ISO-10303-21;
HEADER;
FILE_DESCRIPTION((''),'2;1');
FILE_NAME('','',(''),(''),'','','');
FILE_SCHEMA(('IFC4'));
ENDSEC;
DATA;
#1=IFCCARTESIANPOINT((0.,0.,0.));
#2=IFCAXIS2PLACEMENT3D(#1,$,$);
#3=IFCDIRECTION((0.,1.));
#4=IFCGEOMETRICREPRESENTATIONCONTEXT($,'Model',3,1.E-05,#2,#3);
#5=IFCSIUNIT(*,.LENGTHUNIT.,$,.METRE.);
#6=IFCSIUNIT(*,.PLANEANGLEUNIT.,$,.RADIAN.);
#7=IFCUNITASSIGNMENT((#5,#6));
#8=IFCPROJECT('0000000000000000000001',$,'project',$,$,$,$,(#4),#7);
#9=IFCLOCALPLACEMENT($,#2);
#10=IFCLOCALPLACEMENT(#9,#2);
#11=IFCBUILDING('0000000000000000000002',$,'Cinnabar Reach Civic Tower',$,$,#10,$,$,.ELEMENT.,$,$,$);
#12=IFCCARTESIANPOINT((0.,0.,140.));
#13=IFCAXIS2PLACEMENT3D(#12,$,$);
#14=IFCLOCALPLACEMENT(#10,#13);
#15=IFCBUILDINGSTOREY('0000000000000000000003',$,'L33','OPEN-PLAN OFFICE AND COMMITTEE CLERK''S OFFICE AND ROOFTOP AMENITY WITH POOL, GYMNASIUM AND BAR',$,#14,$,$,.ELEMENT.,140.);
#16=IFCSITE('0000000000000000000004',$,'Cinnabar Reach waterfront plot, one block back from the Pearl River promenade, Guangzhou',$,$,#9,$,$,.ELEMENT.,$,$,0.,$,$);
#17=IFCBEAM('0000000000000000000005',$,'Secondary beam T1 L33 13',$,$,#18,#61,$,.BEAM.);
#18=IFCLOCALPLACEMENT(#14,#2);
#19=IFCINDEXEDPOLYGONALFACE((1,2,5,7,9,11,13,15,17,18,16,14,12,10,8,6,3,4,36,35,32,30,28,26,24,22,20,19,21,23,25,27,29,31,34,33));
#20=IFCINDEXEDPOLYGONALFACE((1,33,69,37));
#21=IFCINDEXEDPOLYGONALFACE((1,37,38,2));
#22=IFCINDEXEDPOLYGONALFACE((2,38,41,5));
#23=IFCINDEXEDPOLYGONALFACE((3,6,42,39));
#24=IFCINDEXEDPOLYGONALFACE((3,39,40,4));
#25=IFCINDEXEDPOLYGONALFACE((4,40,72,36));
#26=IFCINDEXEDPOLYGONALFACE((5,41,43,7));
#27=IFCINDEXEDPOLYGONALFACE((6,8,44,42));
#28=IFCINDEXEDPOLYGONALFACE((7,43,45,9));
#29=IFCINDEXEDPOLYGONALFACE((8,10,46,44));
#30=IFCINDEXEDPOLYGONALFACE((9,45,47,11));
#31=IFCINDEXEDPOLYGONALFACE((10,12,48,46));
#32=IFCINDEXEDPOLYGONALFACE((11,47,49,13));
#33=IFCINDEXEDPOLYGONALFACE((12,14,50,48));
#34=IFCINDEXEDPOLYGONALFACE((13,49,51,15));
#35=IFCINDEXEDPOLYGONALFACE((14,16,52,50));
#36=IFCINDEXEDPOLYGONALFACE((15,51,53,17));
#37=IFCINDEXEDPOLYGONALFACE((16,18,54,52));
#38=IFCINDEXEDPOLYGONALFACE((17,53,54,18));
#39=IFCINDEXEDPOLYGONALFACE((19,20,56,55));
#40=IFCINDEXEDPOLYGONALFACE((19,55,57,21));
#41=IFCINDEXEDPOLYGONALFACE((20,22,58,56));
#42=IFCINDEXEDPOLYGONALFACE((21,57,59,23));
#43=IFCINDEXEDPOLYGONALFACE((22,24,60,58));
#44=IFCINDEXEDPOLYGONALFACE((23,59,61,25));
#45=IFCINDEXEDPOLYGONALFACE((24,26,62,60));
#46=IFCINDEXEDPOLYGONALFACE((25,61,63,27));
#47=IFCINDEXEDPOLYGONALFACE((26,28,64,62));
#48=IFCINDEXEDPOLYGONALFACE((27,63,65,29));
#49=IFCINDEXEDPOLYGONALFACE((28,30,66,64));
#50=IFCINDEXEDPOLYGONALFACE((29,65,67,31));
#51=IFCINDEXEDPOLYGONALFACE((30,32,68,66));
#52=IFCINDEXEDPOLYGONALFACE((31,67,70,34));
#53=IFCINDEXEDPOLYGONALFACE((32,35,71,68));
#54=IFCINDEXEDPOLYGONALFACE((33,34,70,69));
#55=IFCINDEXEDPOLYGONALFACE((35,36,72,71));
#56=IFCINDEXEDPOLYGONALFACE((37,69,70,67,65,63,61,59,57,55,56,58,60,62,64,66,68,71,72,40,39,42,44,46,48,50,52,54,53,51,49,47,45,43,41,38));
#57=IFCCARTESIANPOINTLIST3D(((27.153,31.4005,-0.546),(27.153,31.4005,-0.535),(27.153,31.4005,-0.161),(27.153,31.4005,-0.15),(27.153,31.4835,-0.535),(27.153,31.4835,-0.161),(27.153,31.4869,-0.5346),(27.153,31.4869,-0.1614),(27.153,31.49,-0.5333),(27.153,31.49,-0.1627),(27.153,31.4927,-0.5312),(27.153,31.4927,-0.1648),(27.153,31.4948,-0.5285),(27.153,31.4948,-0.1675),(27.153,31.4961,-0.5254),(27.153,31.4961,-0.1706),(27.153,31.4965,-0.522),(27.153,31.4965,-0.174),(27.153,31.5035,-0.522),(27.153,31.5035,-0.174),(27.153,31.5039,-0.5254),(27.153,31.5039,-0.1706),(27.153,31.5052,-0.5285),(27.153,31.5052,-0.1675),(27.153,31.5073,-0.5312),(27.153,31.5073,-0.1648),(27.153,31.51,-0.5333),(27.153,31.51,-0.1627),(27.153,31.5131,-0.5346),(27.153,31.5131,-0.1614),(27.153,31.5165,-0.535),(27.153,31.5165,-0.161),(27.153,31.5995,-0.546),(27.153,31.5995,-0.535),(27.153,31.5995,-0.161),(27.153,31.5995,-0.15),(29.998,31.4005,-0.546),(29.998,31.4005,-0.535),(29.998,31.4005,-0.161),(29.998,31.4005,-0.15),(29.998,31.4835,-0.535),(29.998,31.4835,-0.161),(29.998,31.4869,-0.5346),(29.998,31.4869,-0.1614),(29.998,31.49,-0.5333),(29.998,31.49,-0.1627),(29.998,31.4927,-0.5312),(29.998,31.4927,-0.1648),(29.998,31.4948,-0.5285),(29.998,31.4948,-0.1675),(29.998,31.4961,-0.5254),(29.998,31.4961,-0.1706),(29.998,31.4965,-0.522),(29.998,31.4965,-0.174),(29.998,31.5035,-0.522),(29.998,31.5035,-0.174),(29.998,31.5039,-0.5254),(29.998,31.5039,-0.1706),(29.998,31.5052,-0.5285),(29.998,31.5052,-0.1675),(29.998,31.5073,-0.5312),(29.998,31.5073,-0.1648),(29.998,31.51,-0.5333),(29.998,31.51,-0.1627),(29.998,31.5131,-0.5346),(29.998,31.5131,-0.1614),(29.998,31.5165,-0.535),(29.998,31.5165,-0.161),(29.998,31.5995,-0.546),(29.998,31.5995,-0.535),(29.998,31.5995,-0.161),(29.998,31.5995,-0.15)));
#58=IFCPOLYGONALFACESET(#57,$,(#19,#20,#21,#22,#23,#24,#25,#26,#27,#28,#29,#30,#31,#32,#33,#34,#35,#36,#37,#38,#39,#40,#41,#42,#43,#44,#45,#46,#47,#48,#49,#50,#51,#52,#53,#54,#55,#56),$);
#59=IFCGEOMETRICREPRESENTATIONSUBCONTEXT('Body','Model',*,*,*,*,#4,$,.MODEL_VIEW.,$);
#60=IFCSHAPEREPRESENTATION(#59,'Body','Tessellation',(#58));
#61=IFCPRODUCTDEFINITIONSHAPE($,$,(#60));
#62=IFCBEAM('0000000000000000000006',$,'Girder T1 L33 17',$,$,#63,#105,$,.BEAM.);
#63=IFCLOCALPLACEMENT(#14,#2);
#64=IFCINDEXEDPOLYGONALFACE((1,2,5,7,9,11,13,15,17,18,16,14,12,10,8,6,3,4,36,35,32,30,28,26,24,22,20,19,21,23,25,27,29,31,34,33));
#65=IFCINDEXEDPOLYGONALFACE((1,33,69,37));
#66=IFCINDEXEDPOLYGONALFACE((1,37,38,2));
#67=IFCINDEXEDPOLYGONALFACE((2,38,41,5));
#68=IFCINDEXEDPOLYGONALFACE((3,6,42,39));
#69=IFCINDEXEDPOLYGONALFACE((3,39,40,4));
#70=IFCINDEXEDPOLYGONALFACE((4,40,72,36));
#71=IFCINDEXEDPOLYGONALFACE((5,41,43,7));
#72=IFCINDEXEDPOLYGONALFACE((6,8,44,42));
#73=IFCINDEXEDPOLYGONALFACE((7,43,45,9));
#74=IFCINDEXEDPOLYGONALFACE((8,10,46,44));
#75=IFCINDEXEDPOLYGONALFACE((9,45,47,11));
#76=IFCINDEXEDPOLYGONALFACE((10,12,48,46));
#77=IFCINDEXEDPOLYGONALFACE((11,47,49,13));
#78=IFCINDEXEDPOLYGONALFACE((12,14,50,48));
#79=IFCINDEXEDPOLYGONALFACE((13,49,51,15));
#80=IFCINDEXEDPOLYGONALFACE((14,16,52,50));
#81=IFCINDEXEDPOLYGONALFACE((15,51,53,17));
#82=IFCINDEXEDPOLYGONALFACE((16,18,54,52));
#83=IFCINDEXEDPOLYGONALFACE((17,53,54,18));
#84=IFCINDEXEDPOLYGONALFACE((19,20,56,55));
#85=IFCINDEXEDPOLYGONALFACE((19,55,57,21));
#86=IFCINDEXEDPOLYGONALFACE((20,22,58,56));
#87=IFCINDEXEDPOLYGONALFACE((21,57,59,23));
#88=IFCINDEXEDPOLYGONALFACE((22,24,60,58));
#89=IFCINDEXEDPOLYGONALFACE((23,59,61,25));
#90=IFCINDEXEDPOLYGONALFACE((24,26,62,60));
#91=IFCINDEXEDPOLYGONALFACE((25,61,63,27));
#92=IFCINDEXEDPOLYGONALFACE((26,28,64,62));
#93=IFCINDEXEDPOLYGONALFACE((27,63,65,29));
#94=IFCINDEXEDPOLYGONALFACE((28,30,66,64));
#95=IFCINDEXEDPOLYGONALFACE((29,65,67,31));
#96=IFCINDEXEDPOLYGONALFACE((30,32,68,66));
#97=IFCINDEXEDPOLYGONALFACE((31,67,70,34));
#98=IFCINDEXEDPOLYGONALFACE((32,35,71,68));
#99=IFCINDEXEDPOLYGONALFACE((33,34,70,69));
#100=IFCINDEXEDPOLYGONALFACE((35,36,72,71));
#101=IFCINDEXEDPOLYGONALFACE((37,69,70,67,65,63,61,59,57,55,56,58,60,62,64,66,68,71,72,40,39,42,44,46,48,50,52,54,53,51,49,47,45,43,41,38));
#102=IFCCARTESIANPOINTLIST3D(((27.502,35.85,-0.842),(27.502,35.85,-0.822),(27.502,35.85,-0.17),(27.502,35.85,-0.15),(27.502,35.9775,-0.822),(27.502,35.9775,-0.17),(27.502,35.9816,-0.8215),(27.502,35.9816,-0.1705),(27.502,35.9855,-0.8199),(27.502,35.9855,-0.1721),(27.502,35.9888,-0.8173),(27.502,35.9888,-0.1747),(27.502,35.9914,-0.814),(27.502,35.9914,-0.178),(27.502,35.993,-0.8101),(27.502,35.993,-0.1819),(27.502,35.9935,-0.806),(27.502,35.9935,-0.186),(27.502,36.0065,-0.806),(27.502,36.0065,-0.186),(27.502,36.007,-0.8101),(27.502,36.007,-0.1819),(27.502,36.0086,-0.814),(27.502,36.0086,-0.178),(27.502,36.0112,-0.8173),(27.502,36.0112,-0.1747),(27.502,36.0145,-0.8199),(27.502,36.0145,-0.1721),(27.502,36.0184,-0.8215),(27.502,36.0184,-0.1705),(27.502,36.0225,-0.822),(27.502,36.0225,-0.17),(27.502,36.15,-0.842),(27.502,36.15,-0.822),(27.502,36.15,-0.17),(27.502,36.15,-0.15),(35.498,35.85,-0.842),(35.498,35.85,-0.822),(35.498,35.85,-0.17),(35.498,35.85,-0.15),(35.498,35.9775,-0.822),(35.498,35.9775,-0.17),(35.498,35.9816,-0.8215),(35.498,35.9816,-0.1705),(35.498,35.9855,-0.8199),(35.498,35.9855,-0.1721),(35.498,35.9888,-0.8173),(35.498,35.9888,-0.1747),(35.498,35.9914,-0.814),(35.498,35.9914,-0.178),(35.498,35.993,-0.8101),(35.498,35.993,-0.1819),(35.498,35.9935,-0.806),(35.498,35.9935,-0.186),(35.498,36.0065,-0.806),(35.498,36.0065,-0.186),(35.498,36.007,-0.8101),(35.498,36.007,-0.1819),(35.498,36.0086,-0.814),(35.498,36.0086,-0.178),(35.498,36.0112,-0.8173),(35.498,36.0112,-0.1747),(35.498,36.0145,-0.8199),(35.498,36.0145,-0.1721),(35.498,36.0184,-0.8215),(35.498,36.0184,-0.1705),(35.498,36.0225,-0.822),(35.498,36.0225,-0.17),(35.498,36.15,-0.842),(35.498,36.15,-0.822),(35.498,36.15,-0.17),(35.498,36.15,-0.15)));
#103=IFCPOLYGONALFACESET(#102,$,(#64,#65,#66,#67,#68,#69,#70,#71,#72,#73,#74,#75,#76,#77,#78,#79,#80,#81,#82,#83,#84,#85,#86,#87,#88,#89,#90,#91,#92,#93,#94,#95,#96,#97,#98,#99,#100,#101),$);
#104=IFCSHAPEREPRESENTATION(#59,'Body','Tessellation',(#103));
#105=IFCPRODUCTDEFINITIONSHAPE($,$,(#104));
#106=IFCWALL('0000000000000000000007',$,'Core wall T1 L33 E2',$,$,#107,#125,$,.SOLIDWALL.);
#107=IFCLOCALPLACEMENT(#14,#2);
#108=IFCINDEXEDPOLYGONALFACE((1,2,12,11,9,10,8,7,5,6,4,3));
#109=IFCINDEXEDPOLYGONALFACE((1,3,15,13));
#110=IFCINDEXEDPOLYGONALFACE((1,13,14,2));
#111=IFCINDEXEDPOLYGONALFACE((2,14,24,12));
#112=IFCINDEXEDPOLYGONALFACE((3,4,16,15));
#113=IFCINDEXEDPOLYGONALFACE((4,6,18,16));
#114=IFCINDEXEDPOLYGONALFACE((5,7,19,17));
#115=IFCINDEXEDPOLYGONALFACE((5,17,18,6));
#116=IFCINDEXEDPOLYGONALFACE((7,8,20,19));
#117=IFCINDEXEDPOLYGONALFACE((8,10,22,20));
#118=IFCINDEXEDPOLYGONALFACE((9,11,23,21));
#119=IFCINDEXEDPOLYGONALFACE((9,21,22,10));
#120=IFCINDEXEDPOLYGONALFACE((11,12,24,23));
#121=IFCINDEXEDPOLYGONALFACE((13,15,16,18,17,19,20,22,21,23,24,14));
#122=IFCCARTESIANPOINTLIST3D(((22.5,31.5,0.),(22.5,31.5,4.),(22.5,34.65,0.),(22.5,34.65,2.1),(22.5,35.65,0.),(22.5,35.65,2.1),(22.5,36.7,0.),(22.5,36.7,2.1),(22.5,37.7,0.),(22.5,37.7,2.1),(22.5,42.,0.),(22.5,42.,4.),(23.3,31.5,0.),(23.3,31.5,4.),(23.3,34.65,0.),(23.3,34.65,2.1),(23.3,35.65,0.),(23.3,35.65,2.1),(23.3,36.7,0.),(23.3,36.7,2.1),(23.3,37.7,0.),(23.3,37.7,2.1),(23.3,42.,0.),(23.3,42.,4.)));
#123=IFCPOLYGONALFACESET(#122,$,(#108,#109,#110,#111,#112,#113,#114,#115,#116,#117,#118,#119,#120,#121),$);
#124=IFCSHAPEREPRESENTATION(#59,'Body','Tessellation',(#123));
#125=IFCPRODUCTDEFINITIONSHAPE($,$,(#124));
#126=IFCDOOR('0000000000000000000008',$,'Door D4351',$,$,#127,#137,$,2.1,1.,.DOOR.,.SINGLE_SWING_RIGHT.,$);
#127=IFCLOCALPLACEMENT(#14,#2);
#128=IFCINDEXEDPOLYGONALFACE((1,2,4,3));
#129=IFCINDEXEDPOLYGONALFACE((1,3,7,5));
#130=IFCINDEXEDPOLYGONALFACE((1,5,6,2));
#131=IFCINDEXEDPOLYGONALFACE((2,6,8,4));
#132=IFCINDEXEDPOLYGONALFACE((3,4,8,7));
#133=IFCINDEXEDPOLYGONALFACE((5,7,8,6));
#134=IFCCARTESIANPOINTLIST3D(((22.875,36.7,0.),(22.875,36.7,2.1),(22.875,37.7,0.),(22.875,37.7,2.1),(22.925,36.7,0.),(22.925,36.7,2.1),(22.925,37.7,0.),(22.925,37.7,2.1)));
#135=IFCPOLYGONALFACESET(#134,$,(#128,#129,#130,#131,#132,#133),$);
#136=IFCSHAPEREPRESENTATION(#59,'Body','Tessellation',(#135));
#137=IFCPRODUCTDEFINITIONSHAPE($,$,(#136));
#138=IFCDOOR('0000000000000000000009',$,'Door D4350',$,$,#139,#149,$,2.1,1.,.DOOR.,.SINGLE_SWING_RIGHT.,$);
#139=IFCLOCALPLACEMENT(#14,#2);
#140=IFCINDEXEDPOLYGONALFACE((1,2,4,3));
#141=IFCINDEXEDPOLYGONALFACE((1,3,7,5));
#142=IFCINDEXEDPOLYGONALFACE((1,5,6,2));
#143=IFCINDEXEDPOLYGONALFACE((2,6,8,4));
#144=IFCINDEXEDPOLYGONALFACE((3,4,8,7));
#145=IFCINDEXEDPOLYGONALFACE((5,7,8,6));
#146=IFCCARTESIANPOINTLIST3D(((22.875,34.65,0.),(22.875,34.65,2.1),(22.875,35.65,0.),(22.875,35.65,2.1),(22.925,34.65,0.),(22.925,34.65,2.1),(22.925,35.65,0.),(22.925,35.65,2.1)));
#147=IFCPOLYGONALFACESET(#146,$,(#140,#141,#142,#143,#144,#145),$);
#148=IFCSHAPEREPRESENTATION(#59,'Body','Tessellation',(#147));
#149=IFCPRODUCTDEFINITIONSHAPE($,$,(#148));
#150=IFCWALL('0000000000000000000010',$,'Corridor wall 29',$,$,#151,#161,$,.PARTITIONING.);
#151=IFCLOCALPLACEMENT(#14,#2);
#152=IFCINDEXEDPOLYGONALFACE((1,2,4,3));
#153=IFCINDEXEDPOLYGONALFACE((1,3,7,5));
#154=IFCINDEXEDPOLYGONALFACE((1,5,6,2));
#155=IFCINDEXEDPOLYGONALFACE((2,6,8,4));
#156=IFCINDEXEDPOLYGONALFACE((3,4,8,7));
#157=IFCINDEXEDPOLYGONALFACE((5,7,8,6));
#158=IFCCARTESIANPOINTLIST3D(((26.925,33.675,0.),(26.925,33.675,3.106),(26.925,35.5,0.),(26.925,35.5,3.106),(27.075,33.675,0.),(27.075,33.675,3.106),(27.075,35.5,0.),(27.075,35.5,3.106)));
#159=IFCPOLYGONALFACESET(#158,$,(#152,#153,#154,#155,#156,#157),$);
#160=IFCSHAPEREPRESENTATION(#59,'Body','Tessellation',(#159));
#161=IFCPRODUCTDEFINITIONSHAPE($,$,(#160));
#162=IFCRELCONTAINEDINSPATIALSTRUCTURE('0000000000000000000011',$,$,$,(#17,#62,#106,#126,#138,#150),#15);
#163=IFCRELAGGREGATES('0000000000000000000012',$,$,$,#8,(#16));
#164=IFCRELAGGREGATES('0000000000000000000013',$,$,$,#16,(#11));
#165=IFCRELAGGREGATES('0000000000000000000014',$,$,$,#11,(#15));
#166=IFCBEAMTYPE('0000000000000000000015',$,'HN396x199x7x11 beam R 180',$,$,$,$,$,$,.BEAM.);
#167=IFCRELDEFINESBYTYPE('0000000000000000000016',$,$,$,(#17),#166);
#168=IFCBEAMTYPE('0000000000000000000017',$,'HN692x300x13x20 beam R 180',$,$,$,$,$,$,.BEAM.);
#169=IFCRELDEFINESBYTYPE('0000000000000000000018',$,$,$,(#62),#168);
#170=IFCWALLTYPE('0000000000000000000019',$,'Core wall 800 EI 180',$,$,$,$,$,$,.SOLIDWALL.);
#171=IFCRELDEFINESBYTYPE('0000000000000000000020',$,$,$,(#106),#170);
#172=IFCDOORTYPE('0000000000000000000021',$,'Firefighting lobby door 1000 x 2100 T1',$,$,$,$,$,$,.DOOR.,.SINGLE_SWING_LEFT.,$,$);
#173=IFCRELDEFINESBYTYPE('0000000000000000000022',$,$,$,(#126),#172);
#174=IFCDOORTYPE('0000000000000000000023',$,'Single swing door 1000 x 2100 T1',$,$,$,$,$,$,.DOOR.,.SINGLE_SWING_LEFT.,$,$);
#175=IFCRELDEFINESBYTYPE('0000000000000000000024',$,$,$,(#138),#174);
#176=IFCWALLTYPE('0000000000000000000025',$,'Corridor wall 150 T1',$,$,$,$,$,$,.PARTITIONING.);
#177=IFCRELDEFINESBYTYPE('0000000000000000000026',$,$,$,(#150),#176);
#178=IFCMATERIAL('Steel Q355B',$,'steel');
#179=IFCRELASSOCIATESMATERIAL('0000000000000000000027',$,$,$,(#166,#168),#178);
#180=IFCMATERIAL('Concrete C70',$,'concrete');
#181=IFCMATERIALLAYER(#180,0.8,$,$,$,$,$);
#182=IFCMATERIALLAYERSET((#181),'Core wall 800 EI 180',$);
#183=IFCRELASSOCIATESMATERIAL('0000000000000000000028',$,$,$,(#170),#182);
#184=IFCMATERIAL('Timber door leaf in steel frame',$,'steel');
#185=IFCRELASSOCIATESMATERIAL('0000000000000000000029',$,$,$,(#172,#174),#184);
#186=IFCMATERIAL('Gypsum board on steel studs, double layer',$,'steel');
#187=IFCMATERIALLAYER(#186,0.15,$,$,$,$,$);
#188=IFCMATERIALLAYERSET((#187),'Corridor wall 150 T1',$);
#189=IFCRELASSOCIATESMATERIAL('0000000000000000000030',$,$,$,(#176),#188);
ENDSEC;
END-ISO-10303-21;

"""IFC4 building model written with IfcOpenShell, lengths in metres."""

from ifc_helpers import new_model, si_unit, direction, frame, frame_2d, origin, origin_2d, place, context, subcontext, project, spatial, rectangle, i_section, extrude, material, layer, layer_set, material_profile, profile_set, type_object, element, fill, save


model = new_model("IFC4")

# Units and contexts
model_context = context("Model", 3, precision=1e-05, world=origin(), true_north=direction((0.0, 1.0)))
body_context = subcontext(model_context, "Body", "Model", "MODEL_VIEW")
ifc_project = project(units=[si_unit("LENGTHUNIT", "METRE"), si_unit("PLANEANGLEUNIT", "RADIAN")], contexts=[model_context])

# Site, building, storey
site_placement = place(None, origin())
site = spatial("IfcSite", under=ifc_project, at=site_placement, Name="Cinnabar Reach waterfront plot, one block back from the Pearl River promenade, Guangzhou", CompositionType="ELEMENT", RefElevation=0.0)
building_placement = place(site_placement, origin())
building = spatial("IfcBuilding", under=site, at=building_placement, Name="Cinnabar Reach Civic Tower", CompositionType="ELEMENT")
storey_placement = place(building_placement, frame((0.0, 0.0, 140.0)))
storey = spatial("IfcBuildingStorey", under=building, at=storey_placement, Name="L33", Description="OPEN-PLAN OFFICE AND COMMITTEE CLERK'S OFFICE AND ROOFTOP AMENITY WITH POOL, GYMNASIUM AND BAR", CompositionType="ELEMENT", Elevation=140.0)

# Shared definitions
ifc_material_1 = material(Name="Concrete C70", Category="concrete")

# Beams
ifc_material_2 = material(Name="Steel Q355B", Category="steel")
ifc_material_profile_1 = material_profile(ifc_material_2, i_section(OverallWidth=0.199, OverallDepth=0.396, WebThickness=0.007, FlangeThickness=0.011, FilletRadius=0.013, at=origin_2d()), Name="HN396x199x7x11")
ifc_profile_set_1 = profile_set([ifc_material_profile_1], Name="Steel Q355B")
beam_type_1 = type_object("IfcBeamType", Name="HN396x199x7x11 beam R 180", PredefinedType="BEAM", material=ifc_profile_set_1)
beam_1_placement = place(storey_placement, frame((27.153, 31.5, -0.348), z_axis=(1.0, 0.0, 0.0), x_axis=(0.0, 1.0, 0.0)))
element("IfcBeam", 1, at=beam_1_placement, inside=storey, type_object=beam_type_1, Name="Secondary beam T1 L33 13", PredefinedType="BEAM", context=body_context, shape_type="SweptSolid", body=[
    extrude(i_section(OverallWidth=0.199, OverallDepth=0.396, WebThickness=0.007, FlangeThickness=0.011, FilletRadius=0.013, at=origin_2d()), origin(), (0.0, 0.0, 1.0), 2.845),
])
ifc_material_profile_2 = material_profile(ifc_material_2, i_section(OverallWidth=0.3, OverallDepth=0.692, WebThickness=0.013, FlangeThickness=0.02, FilletRadius=0.016, at=origin_2d()), Name="HN692x300x13x20")
ifc_profile_set_2 = profile_set([ifc_material_profile_2], Name="Steel Q355B")
beam_type_2 = type_object("IfcBeamType", Name="HN692x300x13x20 beam R 180", PredefinedType="BEAM", material=ifc_profile_set_2)
beam_2_placement = place(storey_placement, frame((27.502, 36.0, -0.496), z_axis=(1.0, 0.0, 0.0), x_axis=(0.0, 1.0, 0.0)))
element("IfcBeam", 2, at=beam_2_placement, inside=storey, type_object=beam_type_2, Name="Girder T1 L33 17", PredefinedType="BEAM", context=body_context, shape_type="SweptSolid", body=[
    extrude(i_section(OverallWidth=0.3, OverallDepth=0.692, WebThickness=0.013, FlangeThickness=0.02, FilletRadius=0.016, at=origin_2d()), origin(), (0.0, 0.0, 1.0), 7.996),
])

# Wall, openings, doors
ifc_layer_1 = layer(ifc_material_1, 0.8)
ifc_layer_set_1 = layer_set([ifc_layer_1], Name="Core wall 800 EI 180")
wall_type_1 = type_object("IfcWallType", Name="Core wall 800 EI 180", PredefinedType="SOLIDWALL", material=ifc_layer_set_1)
wall_1_placement = place(storey_placement, frame((22.9, 31.5, 0.0), z_axis=(0.0, 0.0, 1.0), x_axis=(0.0, 1.0, 0.0)))
wall_1 = element("IfcWall", 3, at=wall_1_placement, inside=storey, type_object=wall_type_1, Name="Core wall T1 L33 E2", PredefinedType="SOLIDWALL", context=body_context, shape_type="SweptSolid", body=[
    extrude(rectangle(XDim=10.5, YDim=0.8, at=frame_2d((5.25, 0.0))), origin(), (0.0, 0.0, 1.0), 4.0),
])
opening_1_placement = place(wall_1_placement, frame((3.15, 0.0, 0.0)))
opening_1 = element("IfcOpeningElement", 4, at=opening_1_placement, cuts=wall_1, PredefinedType="OPENING", context=body_context, shape_type="SweptSolid", body=[
    extrude(rectangle(XDim=1.0, YDim=2.1, at=frame_2d((0.5, 1.05))), frame((0.0, 0.41, 0.0), z_axis=(0.0, -1.0, 0.0), x_axis=(1.0, 0.0, 0.0)), (0.0, 0.0, 1.0), 0.82),
])
opening_2_placement = place(wall_1_placement, frame((5.2, 0.0, 0.0)))
opening_2 = element("IfcOpeningElement", 5, at=opening_2_placement, cuts=wall_1, PredefinedType="OPENING", context=body_context, shape_type="SweptSolid", body=[
    extrude(rectangle(XDim=1.0, YDim=2.1, at=frame_2d((0.5, 1.05))), frame((0.0, 0.41, 0.0), z_axis=(0.0, -1.0, 0.0), x_axis=(1.0, 0.0, 0.0)), (0.0, 0.0, 1.0), 0.82),
])
ifc_material_3 = material(Name="Timber door leaf in steel frame", Category="steel")
door_type_1 = type_object("IfcDoorType", Name="Firefighting lobby door 1000 x 2100 T1", OperationType="SINGLE_SWING_LEFT", PredefinedType="DOOR", material=ifc_material_3)
door_1_placement = place(opening_2_placement, origin())
door_1 = element("IfcDoor", 6, at=door_1_placement, inside=storey, type_object=door_type_1, Name="Door D4351", OperationType="SINGLE_SWING_RIGHT", OverallHeight=2.1, OverallWidth=1.0, PredefinedType="DOOR", context=body_context, shape_type="SweptSolid", body=[
    extrude(rectangle(XDim=1.0, YDim=2.1, at=frame_2d((0.5, 1.05))), frame((0.0, 0.025, 0.0), z_axis=(0.0, -1.0, 0.0), x_axis=(1.0, 0.0, 0.0)), (0.0, 0.0, 1.0), 0.05),
])
fill(opening_2, door_1)
door_type_2 = type_object("IfcDoorType", Name="Single swing door 1000 x 2100 T1", OperationType="SINGLE_SWING_LEFT", PredefinedType="DOOR", material=ifc_material_3)
door_2_placement = place(opening_1_placement, origin())
door_2 = element("IfcDoor", 7, at=door_2_placement, inside=storey, type_object=door_type_2, Name="Door D4350", OperationType="SINGLE_SWING_RIGHT", OverallHeight=2.1, OverallWidth=1.0, PredefinedType="DOOR", context=body_context, shape_type="SweptSolid", body=[
    extrude(rectangle(XDim=1.0, YDim=2.1, at=frame_2d((0.5, 1.05))), frame((0.0, 0.025, 0.0), z_axis=(0.0, -1.0, 0.0), x_axis=(1.0, 0.0, 0.0)), (0.0, 0.0, 1.0), 0.05),
])
fill(opening_1, door_2)

# Wall
ifc_material_4 = material(Name="Gypsum board on steel studs, double layer", Category="steel")
ifc_layer_2 = layer(ifc_material_4, 0.15)
ifc_layer_set_2 = layer_set([ifc_layer_2], Name="Corridor wall 150 T1")
wall_type_2 = type_object("IfcWallType", Name="Corridor wall 150 T1", PredefinedType="PARTITIONING", material=ifc_layer_set_2)
wall_2_placement = place(storey_placement, frame((27.0, 33.675, 0.0), z_axis=(0.0, 0.0, 1.0), x_axis=(0.0, 1.0, 0.0)))
element("IfcWall", 8, at=wall_2_placement, inside=storey, type_object=wall_type_2, Name="Corridor wall 29", PredefinedType="PARTITIONING", context=body_context, shape_type="SweptSolid", body=[
    extrude(rectangle(XDim=1.825, YDim=0.15, at=frame_2d((0.9125, 0.0))), origin(), (0.0, 0.0, 1.0), 3.106),
])

save(model, "model.ifc")
